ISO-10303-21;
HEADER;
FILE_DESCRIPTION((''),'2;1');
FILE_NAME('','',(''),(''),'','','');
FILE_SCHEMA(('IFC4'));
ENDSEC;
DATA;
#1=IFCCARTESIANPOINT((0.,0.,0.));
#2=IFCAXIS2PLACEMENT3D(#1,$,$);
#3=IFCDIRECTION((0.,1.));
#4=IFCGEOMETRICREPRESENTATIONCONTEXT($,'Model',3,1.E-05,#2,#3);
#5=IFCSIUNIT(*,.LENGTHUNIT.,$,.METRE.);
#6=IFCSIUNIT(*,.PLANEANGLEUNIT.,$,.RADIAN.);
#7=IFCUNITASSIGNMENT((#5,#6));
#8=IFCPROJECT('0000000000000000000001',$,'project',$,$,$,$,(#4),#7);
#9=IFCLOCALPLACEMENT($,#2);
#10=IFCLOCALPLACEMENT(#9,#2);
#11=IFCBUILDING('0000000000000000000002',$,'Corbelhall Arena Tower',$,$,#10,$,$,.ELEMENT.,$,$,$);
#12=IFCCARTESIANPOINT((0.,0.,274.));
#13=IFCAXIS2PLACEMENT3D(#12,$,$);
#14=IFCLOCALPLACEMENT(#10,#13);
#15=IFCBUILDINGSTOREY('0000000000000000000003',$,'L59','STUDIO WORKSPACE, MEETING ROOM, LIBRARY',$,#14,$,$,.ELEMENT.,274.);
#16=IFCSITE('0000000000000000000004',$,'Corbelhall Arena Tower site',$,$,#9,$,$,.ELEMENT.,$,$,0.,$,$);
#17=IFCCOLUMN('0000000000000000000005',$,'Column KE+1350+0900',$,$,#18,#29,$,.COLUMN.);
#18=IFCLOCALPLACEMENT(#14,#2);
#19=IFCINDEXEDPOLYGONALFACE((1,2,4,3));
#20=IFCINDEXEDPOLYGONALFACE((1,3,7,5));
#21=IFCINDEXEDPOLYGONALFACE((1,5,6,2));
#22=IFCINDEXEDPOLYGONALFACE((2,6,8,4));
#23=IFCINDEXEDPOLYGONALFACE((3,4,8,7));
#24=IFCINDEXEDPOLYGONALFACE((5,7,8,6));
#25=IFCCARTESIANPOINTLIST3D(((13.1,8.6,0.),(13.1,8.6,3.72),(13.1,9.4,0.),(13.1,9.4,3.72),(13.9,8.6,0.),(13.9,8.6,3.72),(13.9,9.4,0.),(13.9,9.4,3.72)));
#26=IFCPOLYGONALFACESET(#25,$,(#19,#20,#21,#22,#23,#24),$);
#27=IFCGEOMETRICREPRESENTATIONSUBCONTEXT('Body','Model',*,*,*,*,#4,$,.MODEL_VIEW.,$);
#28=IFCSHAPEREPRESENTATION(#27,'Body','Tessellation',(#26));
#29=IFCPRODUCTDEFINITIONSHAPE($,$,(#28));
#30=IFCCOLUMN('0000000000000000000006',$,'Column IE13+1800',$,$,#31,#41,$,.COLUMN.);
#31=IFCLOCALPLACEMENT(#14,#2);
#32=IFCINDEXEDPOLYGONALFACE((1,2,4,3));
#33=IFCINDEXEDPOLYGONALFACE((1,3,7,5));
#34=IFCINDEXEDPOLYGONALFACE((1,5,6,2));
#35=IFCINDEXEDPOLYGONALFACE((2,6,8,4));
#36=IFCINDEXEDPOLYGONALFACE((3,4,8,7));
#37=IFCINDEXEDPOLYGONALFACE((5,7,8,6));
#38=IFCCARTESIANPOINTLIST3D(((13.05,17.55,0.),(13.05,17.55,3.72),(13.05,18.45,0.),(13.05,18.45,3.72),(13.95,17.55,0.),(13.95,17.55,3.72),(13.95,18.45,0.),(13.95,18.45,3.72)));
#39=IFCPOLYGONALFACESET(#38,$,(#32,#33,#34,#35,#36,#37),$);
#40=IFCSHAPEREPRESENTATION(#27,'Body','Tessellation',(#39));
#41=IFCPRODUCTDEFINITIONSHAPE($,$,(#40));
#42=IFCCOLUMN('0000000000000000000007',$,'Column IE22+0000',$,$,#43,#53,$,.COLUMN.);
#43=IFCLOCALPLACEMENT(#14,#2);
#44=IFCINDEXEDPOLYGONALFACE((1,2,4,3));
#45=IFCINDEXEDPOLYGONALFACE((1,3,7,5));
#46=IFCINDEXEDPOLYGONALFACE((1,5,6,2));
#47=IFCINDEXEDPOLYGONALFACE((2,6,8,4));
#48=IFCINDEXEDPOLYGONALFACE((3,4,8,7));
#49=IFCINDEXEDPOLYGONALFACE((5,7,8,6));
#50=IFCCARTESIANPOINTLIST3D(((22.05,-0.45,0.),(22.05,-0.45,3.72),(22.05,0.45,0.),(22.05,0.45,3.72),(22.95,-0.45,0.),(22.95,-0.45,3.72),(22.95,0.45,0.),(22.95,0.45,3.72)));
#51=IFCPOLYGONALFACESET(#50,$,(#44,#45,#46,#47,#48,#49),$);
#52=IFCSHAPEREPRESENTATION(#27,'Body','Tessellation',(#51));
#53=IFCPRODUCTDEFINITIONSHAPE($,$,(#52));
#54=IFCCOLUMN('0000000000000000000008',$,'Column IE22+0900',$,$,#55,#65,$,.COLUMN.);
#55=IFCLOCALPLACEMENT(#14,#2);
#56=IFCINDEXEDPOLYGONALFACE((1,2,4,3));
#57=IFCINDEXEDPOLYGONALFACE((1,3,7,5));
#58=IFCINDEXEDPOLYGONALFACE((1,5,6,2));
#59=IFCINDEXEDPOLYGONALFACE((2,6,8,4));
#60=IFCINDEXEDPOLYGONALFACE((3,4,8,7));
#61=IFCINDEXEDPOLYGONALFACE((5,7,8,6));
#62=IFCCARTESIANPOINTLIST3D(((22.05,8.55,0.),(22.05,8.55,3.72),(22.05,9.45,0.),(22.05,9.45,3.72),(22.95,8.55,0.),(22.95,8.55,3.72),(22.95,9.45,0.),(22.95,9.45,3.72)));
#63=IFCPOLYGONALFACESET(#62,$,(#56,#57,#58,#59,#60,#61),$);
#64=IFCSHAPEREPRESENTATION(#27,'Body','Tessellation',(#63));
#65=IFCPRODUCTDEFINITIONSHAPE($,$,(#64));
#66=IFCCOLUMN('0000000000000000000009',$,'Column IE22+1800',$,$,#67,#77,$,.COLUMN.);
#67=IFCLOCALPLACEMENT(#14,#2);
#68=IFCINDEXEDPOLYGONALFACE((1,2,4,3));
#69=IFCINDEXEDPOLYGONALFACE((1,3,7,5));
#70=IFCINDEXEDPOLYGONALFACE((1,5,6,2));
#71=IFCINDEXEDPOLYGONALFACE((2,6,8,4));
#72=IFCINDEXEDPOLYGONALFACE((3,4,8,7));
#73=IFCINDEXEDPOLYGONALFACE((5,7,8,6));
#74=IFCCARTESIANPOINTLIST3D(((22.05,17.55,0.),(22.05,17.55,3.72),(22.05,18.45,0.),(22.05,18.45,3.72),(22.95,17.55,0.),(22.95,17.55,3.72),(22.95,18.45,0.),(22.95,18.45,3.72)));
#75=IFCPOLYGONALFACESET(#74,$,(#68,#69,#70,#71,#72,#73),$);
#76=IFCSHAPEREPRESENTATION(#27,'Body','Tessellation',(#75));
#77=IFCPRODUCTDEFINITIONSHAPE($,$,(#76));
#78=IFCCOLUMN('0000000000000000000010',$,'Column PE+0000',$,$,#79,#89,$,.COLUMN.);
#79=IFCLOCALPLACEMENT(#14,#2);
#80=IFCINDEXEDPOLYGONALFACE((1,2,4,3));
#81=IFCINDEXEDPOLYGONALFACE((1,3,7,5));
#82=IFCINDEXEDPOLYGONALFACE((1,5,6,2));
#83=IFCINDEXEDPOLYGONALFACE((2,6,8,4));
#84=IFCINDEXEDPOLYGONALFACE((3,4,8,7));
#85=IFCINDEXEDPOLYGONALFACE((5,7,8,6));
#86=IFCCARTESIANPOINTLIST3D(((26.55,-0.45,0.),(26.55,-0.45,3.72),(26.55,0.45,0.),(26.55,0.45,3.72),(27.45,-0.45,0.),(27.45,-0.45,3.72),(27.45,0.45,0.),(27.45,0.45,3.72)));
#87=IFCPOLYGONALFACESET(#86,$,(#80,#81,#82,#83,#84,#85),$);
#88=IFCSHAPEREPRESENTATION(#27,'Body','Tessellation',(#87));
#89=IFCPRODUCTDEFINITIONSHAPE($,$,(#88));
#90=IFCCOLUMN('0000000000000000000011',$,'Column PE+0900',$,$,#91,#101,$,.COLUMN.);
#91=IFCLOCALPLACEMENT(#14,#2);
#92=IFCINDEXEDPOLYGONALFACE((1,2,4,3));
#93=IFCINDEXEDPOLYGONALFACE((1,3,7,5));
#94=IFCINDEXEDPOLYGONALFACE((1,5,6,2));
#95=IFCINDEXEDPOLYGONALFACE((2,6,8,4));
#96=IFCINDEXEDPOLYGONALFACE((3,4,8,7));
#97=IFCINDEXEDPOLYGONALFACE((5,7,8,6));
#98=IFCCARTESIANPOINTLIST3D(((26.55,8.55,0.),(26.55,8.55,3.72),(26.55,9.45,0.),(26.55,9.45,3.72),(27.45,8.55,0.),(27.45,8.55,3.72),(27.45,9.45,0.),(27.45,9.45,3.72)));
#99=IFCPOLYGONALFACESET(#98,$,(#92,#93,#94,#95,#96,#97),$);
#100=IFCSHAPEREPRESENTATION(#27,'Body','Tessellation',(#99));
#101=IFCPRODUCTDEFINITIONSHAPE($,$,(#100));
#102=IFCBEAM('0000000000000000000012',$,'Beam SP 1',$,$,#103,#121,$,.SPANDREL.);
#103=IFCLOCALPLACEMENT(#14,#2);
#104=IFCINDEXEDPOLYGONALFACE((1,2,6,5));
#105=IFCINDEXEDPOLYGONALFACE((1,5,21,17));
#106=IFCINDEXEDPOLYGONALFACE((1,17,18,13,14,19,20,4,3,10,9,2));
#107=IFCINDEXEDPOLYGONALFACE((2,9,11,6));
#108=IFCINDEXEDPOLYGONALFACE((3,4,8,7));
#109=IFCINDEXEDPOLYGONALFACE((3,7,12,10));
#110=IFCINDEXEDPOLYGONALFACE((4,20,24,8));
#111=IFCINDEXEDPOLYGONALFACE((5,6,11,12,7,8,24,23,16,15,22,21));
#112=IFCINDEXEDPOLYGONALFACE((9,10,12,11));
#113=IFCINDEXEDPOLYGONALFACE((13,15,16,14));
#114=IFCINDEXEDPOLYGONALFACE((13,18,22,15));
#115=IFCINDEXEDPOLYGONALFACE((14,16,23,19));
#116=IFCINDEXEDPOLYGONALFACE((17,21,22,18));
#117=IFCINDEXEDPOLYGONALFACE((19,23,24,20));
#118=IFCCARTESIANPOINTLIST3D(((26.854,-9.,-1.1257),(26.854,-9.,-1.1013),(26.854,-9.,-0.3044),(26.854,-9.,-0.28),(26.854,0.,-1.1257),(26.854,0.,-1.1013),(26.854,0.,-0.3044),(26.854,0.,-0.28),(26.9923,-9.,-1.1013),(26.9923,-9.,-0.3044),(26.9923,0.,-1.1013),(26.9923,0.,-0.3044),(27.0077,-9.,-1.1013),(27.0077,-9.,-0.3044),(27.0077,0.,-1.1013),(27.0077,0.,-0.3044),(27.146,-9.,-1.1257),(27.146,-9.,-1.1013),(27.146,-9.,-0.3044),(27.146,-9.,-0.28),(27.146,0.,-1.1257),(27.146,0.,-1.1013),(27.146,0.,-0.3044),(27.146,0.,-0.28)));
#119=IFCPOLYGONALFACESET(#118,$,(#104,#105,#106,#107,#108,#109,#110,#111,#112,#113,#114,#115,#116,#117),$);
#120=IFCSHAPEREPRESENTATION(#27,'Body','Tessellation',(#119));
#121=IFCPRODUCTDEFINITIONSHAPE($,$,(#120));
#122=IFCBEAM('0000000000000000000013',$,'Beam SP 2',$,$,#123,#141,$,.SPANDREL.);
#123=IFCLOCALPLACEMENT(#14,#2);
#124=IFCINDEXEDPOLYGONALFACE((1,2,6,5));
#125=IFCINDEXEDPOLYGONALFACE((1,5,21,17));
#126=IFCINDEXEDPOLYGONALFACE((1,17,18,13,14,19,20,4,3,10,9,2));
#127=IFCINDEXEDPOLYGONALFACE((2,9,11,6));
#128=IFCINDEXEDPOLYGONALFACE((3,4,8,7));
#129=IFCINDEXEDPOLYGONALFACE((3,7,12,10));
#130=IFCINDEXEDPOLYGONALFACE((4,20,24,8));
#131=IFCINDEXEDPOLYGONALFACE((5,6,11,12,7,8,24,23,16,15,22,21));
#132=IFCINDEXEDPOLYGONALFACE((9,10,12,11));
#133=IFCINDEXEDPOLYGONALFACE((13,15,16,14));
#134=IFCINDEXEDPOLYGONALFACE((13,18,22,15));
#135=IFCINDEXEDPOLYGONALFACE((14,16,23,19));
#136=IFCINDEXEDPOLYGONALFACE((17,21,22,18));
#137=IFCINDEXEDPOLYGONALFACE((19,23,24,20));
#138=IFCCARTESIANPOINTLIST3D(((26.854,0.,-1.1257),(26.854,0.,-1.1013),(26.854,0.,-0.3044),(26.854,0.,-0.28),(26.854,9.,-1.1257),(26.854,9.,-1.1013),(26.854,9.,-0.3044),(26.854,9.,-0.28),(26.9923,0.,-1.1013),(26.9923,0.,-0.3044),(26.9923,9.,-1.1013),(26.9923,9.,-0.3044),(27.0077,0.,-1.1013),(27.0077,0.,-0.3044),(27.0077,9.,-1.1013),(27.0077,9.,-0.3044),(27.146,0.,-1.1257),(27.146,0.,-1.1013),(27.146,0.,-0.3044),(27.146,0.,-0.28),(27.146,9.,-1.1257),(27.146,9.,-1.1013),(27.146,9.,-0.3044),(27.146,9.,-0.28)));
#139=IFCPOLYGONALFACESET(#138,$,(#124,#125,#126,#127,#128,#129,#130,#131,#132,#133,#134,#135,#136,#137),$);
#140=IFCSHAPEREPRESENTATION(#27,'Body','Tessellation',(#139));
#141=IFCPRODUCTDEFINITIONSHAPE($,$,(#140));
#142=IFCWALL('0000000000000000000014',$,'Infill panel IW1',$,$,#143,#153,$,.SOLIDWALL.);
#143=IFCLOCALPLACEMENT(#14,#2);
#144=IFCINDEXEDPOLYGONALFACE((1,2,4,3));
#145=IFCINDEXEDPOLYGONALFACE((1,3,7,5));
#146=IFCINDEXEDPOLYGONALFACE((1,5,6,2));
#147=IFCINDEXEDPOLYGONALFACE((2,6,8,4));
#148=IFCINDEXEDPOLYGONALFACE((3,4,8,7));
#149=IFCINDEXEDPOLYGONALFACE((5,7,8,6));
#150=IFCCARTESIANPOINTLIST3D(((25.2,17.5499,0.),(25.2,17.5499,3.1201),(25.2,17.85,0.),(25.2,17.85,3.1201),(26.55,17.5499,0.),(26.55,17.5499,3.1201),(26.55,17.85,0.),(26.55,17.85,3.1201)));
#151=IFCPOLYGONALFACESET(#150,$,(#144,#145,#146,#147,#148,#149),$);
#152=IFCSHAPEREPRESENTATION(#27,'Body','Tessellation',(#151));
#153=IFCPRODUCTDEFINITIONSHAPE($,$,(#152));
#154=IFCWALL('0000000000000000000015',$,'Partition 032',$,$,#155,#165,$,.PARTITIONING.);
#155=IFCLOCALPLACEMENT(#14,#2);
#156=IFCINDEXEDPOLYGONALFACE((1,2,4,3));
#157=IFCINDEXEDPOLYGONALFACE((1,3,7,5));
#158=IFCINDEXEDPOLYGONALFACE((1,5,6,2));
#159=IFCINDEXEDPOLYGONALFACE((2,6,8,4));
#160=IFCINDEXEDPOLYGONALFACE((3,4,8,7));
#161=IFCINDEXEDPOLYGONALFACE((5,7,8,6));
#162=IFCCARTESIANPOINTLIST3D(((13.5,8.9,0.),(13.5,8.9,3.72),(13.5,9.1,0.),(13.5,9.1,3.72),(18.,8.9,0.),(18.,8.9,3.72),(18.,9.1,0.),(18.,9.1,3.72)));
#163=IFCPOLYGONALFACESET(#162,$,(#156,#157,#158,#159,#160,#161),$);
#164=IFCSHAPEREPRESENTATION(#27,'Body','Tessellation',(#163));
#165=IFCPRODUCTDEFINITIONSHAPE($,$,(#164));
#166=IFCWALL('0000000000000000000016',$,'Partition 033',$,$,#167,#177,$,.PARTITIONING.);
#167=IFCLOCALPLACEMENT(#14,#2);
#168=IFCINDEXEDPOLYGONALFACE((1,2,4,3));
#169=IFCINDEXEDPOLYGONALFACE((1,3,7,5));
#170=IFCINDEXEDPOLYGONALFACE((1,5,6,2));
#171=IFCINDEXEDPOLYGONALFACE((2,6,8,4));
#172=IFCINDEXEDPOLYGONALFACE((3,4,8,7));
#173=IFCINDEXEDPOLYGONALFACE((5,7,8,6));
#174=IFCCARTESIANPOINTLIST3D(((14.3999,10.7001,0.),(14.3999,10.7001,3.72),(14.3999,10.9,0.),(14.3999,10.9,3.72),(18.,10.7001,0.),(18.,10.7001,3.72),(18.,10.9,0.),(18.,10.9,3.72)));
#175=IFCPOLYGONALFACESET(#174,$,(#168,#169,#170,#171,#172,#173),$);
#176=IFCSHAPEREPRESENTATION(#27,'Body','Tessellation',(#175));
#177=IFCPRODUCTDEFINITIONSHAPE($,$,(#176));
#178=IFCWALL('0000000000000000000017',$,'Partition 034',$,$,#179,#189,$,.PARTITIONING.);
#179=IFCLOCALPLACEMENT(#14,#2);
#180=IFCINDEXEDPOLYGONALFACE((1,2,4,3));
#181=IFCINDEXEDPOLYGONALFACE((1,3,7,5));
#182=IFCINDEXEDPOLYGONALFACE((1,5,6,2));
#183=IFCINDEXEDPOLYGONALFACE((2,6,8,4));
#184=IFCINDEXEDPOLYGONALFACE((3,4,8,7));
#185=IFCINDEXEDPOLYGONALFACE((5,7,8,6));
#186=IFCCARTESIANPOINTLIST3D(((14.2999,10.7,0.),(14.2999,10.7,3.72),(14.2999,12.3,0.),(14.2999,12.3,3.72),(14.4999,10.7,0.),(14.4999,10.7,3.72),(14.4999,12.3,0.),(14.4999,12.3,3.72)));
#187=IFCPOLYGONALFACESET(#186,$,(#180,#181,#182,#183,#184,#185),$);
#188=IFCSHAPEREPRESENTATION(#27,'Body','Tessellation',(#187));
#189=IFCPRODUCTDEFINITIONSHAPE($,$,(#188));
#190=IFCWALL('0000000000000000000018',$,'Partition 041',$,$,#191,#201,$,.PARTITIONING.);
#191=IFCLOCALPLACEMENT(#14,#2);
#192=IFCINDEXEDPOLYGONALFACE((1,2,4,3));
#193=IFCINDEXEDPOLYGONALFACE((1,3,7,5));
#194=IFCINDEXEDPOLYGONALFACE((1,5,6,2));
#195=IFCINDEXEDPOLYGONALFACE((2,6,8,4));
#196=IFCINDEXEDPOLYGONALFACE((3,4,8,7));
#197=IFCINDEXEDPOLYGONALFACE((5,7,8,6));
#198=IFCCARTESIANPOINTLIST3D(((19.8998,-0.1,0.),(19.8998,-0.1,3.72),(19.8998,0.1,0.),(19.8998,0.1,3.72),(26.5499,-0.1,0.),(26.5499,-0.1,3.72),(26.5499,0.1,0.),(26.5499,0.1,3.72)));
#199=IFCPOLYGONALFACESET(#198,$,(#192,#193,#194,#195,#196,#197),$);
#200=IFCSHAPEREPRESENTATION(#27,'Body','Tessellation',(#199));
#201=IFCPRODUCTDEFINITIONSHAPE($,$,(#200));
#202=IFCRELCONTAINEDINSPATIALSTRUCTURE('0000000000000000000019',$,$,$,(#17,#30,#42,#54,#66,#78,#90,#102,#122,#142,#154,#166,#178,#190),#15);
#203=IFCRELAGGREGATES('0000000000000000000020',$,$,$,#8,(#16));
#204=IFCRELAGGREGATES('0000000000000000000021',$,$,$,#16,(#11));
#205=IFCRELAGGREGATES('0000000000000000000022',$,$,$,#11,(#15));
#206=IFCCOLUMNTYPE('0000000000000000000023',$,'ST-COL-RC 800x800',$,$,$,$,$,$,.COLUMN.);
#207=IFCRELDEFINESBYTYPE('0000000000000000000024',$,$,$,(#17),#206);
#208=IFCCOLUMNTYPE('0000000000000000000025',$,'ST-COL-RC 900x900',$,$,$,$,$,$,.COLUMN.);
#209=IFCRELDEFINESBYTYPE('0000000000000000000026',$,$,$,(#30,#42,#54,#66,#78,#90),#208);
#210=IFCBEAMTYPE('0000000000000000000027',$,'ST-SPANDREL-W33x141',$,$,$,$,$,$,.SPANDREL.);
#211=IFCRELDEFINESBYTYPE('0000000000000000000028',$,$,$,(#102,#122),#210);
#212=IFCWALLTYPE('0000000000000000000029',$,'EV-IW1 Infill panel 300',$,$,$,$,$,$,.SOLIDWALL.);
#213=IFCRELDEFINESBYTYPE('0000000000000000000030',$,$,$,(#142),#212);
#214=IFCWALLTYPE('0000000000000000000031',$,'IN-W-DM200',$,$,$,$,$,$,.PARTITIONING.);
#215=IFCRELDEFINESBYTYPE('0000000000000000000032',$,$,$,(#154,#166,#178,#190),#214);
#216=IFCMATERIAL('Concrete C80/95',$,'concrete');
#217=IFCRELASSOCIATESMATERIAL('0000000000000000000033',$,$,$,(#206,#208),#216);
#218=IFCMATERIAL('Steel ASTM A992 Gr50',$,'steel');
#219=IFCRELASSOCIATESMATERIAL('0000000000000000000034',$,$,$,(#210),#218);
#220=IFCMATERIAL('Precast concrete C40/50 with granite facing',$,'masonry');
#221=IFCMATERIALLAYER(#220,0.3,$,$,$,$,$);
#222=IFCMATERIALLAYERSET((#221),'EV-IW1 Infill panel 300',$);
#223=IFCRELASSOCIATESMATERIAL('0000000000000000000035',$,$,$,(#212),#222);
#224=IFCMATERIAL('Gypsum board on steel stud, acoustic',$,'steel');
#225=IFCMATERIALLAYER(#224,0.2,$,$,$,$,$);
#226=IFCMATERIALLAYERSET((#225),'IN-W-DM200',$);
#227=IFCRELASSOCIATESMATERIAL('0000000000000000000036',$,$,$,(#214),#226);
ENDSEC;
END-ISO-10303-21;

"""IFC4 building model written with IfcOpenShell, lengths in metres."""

from ifc_helpers import new_model, si_unit, direction, frame, frame_2d, origin, origin_2d, place, context, subcontext, project, spatial, rectangle, i_section, extrude, material, layer, layer_set, material_profile, profile_set, type_object, element, save


model = new_model("IFC4")

# Units and contexts
model_context = context("Model", 3, precision=1e-05, world=origin(), true_north=direction((0.0, 1.0)))
body_context = subcontext(model_context, "Body", "Model", "MODEL_VIEW")
ifc_project = project(units=[si_unit("LENGTHUNIT", "METRE"), si_unit("PLANEANGLEUNIT", "RADIAN")], contexts=[model_context])

# Site, building, storey
site_placement = place(None, origin())
site = spatial("IfcSite", under=ifc_project, at=site_placement, Name="Corbelhall Arena Tower site", CompositionType="ELEMENT", RefElevation=0.0)
building_placement = place(site_placement, origin())
building = spatial("IfcBuilding", under=site, at=building_placement, Name="Corbelhall Arena Tower", CompositionType="ELEMENT")
storey_placement = place(building_placement, frame((0.0, 0.0, 274.0)))
storey = spatial("IfcBuildingStorey", under=building, at=storey_placement, Name="L59", Description="STUDIO WORKSPACE, MEETING ROOM, LIBRARY", CompositionType="ELEMENT", Elevation=274.0)

# Columns
ifc_material_1 = material(Name="Concrete C80/95", Category="concrete")
ifc_material_profile_1 = material_profile(ifc_material_1, rectangle(XDim=0.8, YDim=0.8, at=origin_2d()))
ifc_profile_set_1 = profile_set([ifc_material_profile_1], Name="Concrete C80/95")
column_type_1 = type_object("IfcColumnType", Name="ST-COL-RC 800x800", PredefinedType="COLUMN", material=ifc_profile_set_1)
column_placement = place(storey_placement, frame((13.5, 9.0, 0.0), z_axis=(0.0, 0.0, 1.0), x_axis=(1.0, 0.0, 0.0)))
element("IfcColumn", 1, at=column_placement, inside=storey, type_object=column_type_1, Name="Column KE+1350+0900", PredefinedType="COLUMN", context=body_context, shape_type="SweptSolid", body=[
    extrude(rectangle(XDim=0.8, YDim=0.8, at=origin_2d()), origin(), (0.0, 0.0, 1.0), 3.72),
])
ifc_material_profile_2 = material_profile(ifc_material_1, rectangle(XDim=0.8999, YDim=0.8999, at=origin_2d()))
ifc_profile_set_2 = profile_set([ifc_material_profile_2], Name="Concrete C80/95")
column_type_2 = type_object("IfcColumnType", Name="ST-COL-RC 900x900", PredefinedType="COLUMN", material=ifc_profile_set_2)
for number, where, z_axis, x_axis, name in (
    (2, (13.5, 18.0, 0.0), (0.0, 0.0, 1.0), (1.0, 0.0, 0.0), "Column IE13+1800"),
    (3, (22.5, 0.0, 0.0), (0.0, 0.0, 1.0), (1.0, 0.0, 0.0), "Column IE22+0000"),
    (4, (22.5, 9.0, 0.0), (0.0, 0.0, 1.0), (1.0, 0.0, 0.0), "Column IE22+0900"),
    (5, (22.5, 18.0, 0.0), (0.0, 0.0, 1.0), (1.0, 0.0, 0.0), "Column IE22+1800"),
    (6, (27.0, 0.0, 0.0), (0.0, 0.0, 1.0), (0.0, 1.0, 0.0), "Column PE+0000"),
    (7, (27.0, 9.0, 0.0), (0.0, 0.0, 1.0), (0.0, 1.0, 0.0), "Column PE+0900"),
):
    element("IfcColumn", number, at=place(storey_placement, frame(where, z_axis=z_axis, x_axis=x_axis)), inside=storey, type_object=column_type_2, Name=name, PredefinedType="COLUMN", context=body_context, shape_type="SweptSolid", body=[
        extrude(rectangle(XDim=0.8999, YDim=0.8999, at=origin_2d()), origin(), (0.0, 0.0, 1.0), 3.72),
    ])

# Beams
ifc_material_2 = material(Name="Steel ASTM A992 Gr50", Category="steel")
ifc_material_profile_3 = material_profile(ifc_material_2, i_section(OverallWidth=0.292, OverallDepth=0.8457, WebThickness=0.0154, FlangeThickness=0.0244, at=origin_2d()))
ifc_profile_set_3 = profile_set([ifc_material_profile_3], Name="Steel ASTM A992 Gr50")
beam_type = type_object("IfcBeamType", Name="ST-SPANDREL-W33x141", PredefinedType="SPANDREL", material=ifc_profile_set_3)
for number, where, z_axis, x_axis, name in (
    (8, (27.0, 0.0, -0.7029), (0.0, -1.0, 0.0), (1.0, 0.0, 0.0), "Beam SP 1"),
    (9, (27.0, 9.0, -0.7029), (0.0, -1.0, 0.0), (1.0, 0.0, 0.0), "Beam SP 2"),
):
    element("IfcBeam", number, at=place(storey_placement, frame(where, z_axis=z_axis, x_axis=x_axis)), inside=storey, type_object=beam_type, Name=name, PredefinedType="SPANDREL", context=body_context, shape_type="SweptSolid", body=[
        extrude(i_section(OverallWidth=0.292, OverallDepth=0.8457, WebThickness=0.0154, FlangeThickness=0.0244, at=origin_2d()), origin(), (0.0, 0.0, 1.0), 9.0),
    ])

# Shared definitions
ifc_material_3 = material(Name="Precast concrete C40/50 with granite facing", Category="masonry")
ifc_layer_1 = layer(ifc_material_3, 0.3)
ifc_layer_set_1 = layer_set([ifc_layer_1], Name="EV-IW1 Infill panel 300")
wall_type_1 = type_object("IfcWallType", Name="EV-IW1 Infill panel 300", PredefinedType="SOLIDWALL", material=ifc_layer_set_1)

# Walls
wall_1_placement = place(storey_placement, frame((26.55, 17.7, 0.0), z_axis=(0.0, 0.0, 1.0), x_axis=(-1.0, 0.0, 0.0)))
element("IfcWall", 10, at=wall_1_placement, inside=storey, type_object=wall_type_1, Name="Infill panel IW1", PredefinedType="SOLIDWALL", context=body_context, shape_type="SweptSolid", body=[
    extrude(rectangle(XDim=1.3501, YDim=0.3, at=frame_2d((0.675, 0.0))), origin(), (0.0, 0.0, 1.0), 3.1201),
])
ifc_material_4 = material(Name="Gypsum board on steel stud, acoustic", Category="steel")
ifc_layer_2 = layer(ifc_material_4, 0.2)
ifc_layer_set_2 = layer_set([ifc_layer_2], Name="IN-W-DM200")
wall_type_2 = type_object("IfcWallType", Name="IN-W-DM200", PredefinedType="PARTITIONING", material=ifc_layer_set_2)
wall_2_placement = place(storey_placement, frame((18.0, 9.0, 0.0), z_axis=(0.0, 0.0, 1.0), x_axis=(-1.0, 0.0, 0.0)))
element("IfcWall", 11, at=wall_2_placement, inside=storey, type_object=wall_type_2, Name="Partition 032", PredefinedType="PARTITIONING", context=body_context, shape_type="SweptSolid", body=[
    extrude(rectangle(XDim=4.5, YDim=0.2, at=frame_2d((2.25, 0.0))), origin(), (0.0, 0.0, 1.0), 3.72),
])
wall_3_placement = place(storey_placement, frame((14.3999, 10.8, 0.0), z_axis=(0.0, 0.0, 1.0), x_axis=(1.0, 0.0, 0.0)))
element("IfcWall", 12, at=wall_3_placement, inside=storey, type_object=wall_type_2, Name="Partition 033", PredefinedType="PARTITIONING", context=body_context, shape_type="SweptSolid", body=[
    extrude(rectangle(XDim=3.6001, YDim=0.2, at=frame_2d((1.8, 0.0))), origin(), (0.0, 0.0, 1.0), 3.72),
])
wall_4_placement = place(storey_placement, frame((14.3999, 12.3, 0.0), z_axis=(0.0, 0.0, 1.0), x_axis=(0.0, -1.0, 0.0)))
element("IfcWall", 13, at=wall_4_placement, inside=storey, type_object=wall_type_2, Name="Partition 034", PredefinedType="PARTITIONING", context=body_context, shape_type="SweptSolid", body=[
    extrude(rectangle(XDim=1.6001, YDim=0.2, at=frame_2d((0.8, 0.0))), origin(), (0.0, 0.0, 1.0), 3.72),
])

# Wall
wall_5_placement = place(storey_placement, frame((26.55, 0.0, 0.0), z_axis=(0.0, 0.0, 1.0), x_axis=(-1.0, 0.0, 0.0)))
element("IfcWall", 14, at=wall_5_placement, inside=storey, type_object=wall_type_2, Name="Partition 041", PredefinedType="PARTITIONING", context=body_context, shape_type="SweptSolid", body=[
    extrude(rectangle(XDim=6.6501, YDim=0.2, at=frame_2d((3.3252, 0.0))), origin(), (0.0, 0.0, 1.0), 3.72),
])

save(model, "model.ifc")
